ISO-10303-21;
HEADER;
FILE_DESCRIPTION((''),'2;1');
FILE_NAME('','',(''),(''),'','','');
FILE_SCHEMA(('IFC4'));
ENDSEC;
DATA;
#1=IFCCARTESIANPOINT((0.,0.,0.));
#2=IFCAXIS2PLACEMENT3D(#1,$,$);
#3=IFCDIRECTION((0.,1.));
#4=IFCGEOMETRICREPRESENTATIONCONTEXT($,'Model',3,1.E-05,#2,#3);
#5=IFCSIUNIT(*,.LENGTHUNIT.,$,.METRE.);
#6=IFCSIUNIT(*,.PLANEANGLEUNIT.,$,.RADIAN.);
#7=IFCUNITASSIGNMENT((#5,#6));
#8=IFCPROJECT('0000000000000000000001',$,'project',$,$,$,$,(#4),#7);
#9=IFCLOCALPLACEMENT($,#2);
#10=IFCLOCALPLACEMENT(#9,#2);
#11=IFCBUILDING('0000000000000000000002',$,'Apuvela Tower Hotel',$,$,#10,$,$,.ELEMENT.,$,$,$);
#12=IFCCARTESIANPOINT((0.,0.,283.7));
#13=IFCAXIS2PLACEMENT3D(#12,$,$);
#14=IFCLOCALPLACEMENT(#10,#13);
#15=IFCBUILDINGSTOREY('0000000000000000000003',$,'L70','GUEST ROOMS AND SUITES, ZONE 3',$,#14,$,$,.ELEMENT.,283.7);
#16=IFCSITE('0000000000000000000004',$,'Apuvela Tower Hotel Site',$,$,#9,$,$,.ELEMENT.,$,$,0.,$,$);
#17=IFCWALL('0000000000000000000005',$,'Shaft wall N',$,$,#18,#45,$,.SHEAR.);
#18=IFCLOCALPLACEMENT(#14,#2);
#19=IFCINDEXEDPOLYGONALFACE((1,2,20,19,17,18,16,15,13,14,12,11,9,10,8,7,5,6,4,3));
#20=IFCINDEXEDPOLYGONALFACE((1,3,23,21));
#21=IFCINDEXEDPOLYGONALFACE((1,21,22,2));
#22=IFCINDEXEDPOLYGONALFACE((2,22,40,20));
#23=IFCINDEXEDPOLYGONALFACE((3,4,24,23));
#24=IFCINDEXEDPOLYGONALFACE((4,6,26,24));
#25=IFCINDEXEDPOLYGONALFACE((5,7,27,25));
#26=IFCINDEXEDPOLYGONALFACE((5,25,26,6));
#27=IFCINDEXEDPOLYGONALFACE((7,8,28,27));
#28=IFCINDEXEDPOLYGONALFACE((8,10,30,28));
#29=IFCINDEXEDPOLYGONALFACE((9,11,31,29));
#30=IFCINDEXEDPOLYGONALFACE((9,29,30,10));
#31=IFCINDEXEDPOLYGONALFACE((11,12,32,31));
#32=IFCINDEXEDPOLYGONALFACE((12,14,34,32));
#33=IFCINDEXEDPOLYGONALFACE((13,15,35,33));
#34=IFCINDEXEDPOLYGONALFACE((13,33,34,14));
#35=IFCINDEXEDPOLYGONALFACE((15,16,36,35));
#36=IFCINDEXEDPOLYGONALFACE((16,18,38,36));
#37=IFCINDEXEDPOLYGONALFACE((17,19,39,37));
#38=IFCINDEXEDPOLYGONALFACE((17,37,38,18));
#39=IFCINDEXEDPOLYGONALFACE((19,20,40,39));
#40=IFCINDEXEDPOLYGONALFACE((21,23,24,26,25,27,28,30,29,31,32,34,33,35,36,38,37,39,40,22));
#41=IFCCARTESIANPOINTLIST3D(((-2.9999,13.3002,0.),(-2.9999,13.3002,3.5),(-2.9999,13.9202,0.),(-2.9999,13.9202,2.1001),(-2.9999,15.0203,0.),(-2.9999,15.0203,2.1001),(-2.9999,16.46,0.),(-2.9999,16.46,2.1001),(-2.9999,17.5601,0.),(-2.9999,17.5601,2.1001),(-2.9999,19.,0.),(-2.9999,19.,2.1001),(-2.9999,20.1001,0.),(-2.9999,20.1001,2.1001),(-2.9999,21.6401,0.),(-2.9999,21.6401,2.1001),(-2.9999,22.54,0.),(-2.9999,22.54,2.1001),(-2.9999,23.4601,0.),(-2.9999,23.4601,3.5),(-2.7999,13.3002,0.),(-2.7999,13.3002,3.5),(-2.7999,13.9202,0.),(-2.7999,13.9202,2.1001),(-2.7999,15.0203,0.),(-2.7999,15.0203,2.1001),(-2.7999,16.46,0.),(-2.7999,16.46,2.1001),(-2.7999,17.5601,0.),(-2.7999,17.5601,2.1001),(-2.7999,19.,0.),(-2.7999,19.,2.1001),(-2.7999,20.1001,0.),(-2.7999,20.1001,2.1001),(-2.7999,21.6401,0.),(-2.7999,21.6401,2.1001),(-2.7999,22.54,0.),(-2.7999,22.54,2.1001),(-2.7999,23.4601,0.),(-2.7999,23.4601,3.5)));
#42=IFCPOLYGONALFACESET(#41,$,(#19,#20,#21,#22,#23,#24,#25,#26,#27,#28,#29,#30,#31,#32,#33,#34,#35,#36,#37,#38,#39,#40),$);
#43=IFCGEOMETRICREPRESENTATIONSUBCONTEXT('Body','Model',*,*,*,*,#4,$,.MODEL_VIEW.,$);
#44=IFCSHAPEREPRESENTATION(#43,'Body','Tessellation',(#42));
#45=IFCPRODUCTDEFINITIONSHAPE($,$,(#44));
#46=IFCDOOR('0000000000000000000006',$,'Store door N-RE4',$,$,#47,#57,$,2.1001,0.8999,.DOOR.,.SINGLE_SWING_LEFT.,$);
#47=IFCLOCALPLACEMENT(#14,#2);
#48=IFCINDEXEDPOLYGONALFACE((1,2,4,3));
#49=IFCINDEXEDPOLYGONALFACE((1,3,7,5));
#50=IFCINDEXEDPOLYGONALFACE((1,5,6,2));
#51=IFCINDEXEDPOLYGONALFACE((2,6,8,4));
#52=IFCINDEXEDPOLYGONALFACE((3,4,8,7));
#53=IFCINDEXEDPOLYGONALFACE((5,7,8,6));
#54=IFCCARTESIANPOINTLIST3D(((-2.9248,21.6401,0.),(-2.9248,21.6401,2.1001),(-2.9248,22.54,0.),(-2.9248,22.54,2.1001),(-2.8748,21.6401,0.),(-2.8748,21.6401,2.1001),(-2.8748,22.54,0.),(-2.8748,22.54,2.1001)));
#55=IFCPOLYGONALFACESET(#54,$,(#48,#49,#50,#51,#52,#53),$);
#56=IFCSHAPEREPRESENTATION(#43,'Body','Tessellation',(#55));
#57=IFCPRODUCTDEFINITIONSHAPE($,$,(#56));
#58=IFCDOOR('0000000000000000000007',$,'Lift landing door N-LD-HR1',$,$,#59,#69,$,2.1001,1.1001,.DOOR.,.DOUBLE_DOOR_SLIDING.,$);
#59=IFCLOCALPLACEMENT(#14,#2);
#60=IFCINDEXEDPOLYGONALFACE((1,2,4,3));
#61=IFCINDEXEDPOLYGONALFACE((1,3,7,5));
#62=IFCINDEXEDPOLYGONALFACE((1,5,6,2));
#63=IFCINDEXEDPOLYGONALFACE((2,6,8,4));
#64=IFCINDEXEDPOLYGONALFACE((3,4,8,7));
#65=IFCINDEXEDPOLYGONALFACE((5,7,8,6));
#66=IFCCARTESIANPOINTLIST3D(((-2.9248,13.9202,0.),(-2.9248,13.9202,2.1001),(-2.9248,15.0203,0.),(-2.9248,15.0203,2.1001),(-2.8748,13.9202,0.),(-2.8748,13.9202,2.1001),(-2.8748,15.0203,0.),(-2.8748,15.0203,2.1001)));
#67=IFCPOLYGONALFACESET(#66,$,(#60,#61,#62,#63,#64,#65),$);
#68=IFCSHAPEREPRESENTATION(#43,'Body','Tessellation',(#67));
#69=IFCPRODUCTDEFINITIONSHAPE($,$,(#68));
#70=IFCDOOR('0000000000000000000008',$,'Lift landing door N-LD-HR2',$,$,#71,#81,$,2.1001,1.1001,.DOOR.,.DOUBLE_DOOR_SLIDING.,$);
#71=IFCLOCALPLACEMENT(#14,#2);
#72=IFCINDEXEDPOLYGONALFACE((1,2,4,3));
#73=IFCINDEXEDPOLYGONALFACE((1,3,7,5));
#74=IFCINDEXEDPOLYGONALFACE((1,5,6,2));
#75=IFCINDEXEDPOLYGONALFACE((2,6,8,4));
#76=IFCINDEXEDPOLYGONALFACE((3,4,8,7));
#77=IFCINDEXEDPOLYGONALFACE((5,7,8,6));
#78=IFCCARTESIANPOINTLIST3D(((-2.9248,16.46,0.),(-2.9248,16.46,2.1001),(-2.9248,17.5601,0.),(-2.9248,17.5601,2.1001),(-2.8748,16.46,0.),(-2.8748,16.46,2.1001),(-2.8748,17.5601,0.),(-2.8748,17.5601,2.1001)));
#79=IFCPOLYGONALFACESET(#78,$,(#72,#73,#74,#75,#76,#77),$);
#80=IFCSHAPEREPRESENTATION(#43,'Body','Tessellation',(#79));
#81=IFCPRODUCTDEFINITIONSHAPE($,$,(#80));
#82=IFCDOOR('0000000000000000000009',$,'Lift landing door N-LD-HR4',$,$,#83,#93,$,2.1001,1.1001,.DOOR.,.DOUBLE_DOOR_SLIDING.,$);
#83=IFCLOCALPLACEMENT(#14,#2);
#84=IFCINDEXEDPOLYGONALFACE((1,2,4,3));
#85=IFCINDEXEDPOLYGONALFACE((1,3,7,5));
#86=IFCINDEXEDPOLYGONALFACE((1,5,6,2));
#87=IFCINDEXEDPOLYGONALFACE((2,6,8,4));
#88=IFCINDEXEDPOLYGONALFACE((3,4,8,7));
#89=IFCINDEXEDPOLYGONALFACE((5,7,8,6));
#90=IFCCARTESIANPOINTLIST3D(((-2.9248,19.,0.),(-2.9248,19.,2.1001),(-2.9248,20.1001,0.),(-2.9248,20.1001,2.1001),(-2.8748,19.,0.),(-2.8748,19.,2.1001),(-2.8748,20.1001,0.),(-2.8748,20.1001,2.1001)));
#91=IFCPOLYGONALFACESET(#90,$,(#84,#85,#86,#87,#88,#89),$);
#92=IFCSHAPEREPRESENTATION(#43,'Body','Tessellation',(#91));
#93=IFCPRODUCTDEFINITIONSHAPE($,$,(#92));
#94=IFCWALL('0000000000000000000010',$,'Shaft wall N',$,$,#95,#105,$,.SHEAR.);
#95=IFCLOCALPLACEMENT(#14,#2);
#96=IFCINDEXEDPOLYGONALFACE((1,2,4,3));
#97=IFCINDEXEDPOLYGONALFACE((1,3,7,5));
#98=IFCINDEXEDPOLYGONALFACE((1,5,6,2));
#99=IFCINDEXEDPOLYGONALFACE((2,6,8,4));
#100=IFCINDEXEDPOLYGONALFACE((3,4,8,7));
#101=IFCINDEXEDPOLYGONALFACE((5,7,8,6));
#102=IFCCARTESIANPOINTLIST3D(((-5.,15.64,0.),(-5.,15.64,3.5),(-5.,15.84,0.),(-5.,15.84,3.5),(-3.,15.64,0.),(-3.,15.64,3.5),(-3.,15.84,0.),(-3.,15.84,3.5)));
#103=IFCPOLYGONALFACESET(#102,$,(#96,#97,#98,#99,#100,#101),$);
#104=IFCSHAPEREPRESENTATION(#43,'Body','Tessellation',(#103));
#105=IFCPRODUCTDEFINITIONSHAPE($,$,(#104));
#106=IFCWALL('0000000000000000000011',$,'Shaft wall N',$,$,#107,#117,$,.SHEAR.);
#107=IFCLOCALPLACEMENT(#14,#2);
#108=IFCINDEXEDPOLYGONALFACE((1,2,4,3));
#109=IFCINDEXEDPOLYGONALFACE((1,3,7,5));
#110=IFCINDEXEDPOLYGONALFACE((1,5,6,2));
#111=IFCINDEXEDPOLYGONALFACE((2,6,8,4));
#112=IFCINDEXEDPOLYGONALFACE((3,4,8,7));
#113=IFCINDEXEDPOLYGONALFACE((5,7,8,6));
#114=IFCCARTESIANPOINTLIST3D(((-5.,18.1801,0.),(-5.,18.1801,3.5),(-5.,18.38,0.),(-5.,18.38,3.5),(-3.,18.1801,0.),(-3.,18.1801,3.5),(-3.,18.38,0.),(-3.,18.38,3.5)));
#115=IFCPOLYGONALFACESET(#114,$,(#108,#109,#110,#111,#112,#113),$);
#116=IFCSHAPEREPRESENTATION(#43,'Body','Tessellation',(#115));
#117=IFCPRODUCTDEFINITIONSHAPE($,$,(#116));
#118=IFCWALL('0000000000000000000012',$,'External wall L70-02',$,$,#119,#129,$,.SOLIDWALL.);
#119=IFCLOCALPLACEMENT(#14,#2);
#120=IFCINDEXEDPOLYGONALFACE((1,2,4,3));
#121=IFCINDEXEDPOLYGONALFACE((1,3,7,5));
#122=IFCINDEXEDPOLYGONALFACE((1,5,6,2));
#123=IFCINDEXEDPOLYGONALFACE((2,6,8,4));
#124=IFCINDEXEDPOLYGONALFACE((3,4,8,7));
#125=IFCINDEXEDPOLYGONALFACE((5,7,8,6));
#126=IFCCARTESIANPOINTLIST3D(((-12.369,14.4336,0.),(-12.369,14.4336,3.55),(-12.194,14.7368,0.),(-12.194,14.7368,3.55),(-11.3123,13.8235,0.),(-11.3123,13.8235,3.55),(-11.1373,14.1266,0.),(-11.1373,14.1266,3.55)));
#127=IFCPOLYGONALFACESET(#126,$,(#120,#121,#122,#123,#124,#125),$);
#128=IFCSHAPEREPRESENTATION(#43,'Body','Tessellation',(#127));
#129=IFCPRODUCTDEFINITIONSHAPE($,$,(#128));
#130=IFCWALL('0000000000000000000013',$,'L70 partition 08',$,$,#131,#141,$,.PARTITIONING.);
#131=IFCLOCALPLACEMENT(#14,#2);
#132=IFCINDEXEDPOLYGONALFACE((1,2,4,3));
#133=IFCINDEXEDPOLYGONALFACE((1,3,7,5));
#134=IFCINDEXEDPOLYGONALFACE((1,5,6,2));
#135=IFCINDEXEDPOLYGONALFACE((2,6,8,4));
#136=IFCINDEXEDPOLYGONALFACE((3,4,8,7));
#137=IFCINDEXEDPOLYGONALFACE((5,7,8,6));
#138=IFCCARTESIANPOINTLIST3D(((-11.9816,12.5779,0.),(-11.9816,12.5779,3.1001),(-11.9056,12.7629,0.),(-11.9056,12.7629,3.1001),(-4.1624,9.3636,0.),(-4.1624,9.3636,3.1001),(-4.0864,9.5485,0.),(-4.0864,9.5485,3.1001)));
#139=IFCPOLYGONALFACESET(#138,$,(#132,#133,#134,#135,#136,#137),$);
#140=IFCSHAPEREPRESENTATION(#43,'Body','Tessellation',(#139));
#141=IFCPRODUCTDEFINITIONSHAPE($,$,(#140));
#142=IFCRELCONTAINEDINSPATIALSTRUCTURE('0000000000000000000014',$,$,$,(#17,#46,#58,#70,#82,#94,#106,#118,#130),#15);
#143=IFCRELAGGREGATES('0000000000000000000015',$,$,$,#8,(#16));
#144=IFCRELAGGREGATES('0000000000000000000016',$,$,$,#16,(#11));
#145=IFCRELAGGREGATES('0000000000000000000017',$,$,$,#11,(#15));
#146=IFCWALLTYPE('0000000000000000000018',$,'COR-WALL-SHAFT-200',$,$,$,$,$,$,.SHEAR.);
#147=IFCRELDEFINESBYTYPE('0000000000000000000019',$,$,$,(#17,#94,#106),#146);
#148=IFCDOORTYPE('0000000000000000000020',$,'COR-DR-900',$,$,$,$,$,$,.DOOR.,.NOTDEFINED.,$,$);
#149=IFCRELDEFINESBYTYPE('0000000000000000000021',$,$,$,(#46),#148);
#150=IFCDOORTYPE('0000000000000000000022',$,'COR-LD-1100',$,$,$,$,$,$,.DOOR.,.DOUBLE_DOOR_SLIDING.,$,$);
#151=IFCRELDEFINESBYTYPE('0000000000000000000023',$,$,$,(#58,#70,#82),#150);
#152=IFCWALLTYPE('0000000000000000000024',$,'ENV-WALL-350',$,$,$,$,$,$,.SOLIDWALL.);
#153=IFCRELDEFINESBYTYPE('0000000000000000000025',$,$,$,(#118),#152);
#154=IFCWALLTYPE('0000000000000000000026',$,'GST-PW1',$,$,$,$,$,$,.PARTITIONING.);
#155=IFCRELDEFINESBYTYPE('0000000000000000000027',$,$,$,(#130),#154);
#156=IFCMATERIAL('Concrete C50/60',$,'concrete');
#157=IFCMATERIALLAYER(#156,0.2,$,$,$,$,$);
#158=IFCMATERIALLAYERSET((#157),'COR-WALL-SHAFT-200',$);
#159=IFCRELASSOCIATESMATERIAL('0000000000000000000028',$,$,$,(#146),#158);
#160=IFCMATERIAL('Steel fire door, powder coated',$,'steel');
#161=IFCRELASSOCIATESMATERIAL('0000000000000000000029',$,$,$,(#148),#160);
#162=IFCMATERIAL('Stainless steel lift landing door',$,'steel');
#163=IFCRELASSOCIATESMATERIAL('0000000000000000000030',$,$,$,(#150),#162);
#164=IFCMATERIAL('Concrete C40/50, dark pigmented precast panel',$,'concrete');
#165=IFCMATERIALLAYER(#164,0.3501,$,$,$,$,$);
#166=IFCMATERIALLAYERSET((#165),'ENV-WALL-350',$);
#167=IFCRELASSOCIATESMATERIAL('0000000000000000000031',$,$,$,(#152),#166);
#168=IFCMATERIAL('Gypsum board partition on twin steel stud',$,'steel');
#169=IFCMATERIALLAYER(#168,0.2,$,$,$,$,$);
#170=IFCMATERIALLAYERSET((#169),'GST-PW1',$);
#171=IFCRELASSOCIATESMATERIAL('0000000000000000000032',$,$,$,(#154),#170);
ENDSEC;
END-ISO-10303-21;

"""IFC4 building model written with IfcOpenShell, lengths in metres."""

from ifc_helpers import new_model, si_unit, direction, frame, frame_2d, origin, place, context, subcontext, project, spatial, rectangle, extrude, material, layer, layer_set, type_object, element, fill, save


model = new_model("IFC4")

# Units and contexts
model_context = context("Model", 3, precision=1e-05, world=origin(), true_north=direction((0.0, 1.0)))
body_context = subcontext(model_context, "Body", "Model", "MODEL_VIEW")
ifc_project = project(units=[si_unit("LENGTHUNIT", "METRE"), si_unit("PLANEANGLEUNIT", "RADIAN")], contexts=[model_context])

# Site, building, storey
site_placement = place(None, origin())
site = spatial("IfcSite", under=ifc_project, at=site_placement, Name="Apuvela Tower Hotel Site", CompositionType="ELEMENT", RefElevation=0.0)
building_placement = place(site_placement, origin())
building = spatial("IfcBuilding", under=site, at=building_placement, Name="Apuvela Tower Hotel", CompositionType="ELEMENT")
storey_placement = place(building_placement, frame((0.0, 0.0, 283.7)))
storey = spatial("IfcBuildingStorey", under=building, at=storey_placement, Name="L70", Description="GUEST ROOMS AND SUITES, ZONE 3", CompositionType="ELEMENT", Elevation=283.7)

# Shared definitions
ifc_material_1 = material(Name="Concrete C50/60", Category="concrete")
ifc_layer_1 = layer(ifc_material_1, 0.2)
ifc_layer_set_1 = layer_set([ifc_layer_1], Name="COR-WALL-SHAFT-200")
wall_type_1 = type_object("IfcWallType", Name="COR-WALL-SHAFT-200", PredefinedType="SHEAR", material=ifc_layer_set_1)

# Wall, openings, doors
wall_1_placement = place(storey_placement, frame((-2.8999, 13.3, 0.0), z_axis=(0.0, 0.0, 1.0), x_axis=(0.0, 1.0, 0.0)))
wall_1 = element("IfcWall", 1, at=wall_1_placement, inside=storey, type_object=wall_type_1, Name="Shaft wall N", PredefinedType="SHEAR", context=body_context, shape_type="SweptSolid", body=[
    extrude(rectangle(XDim=10.1599, YDim=0.2, at=frame_2d((5.0801, 0.0))), origin(), (0.0, 0.0, 1.0), 3.5),
])
opening_1_placement = place(wall_1_placement, frame((0.6201, 0.0, 0.0)))
opening_1 = element("IfcOpeningElement", 2, at=opening_1_placement, cuts=wall_1, PredefinedType="OPENING", context=body_context, shape_type="SweptSolid", body=[
    extrude(rectangle(XDim=1.1001, YDim=2.1001, at=frame_2d((0.55, 1.05))), frame((0.0, 0.1099, 0.0), z_axis=(0.0, -1.0, 0.0), x_axis=(1.0, 0.0, 0.0)), (0.0, 0.0, 1.0), 0.22),
])
opening_2_placement = place(wall_1_placement, frame((3.1599, 0.0, 0.0)))
opening_2 = element("IfcOpeningElement", 3, at=opening_2_placement, cuts=wall_1, PredefinedType="OPENING", context=body_context, shape_type="SweptSolid", body=[
    extrude(rectangle(XDim=1.1001, YDim=2.1001, at=frame_2d((0.55, 1.05))), frame((0.0, 0.1099, 0.0), z_axis=(0.0, -1.0, 0.0), x_axis=(1.0, 0.0, 0.0)), (0.0, 0.0, 1.0), 0.22),
])
opening_3_placement = place(wall_1_placement, frame((5.7, 0.0, 0.0)))
opening_3 = element("IfcOpeningElement", 4, at=opening_3_placement, cuts=wall_1, PredefinedType="OPENING", context=body_context, shape_type="SweptSolid", body=[
    extrude(rectangle(XDim=1.1001, YDim=2.1001, at=frame_2d((0.55, 1.05))), frame((0.0, 0.1099, 0.0), z_axis=(0.0, -1.0, 0.0), x_axis=(1.0, 0.0, 0.0)), (0.0, 0.0, 1.0), 0.22),
])
opening_4_placement = place(wall_1_placement, frame((8.3401, 0.0, 0.0)))
opening_4 = element("IfcOpeningElement", 5, at=opening_4_placement, cuts=wall_1, PredefinedType="OPENING", context=body_context, shape_type="SweptSolid", body=[
    extrude(rectangle(XDim=0.8999, YDim=2.1001, at=frame_2d((0.45, 1.05))), frame((0.0, 0.1099, 0.0), z_axis=(0.0, -1.0, 0.0), x_axis=(1.0, 0.0, 0.0)), (0.0, 0.0, 1.0), 0.22),
])
ifc_material_2 = material(Name="Steel fire door, powder coated", Category="steel")
door_type_1 = type_object("IfcDoorType", Name="COR-DR-900", OperationType="NOTDEFINED", PredefinedType="DOOR", material=ifc_material_2)
door_1_placement = place(opening_4_placement, origin())
door_1 = element("IfcDoor", 6, at=door_1_placement, inside=storey, type_object=door_type_1, Name="Store door N-RE4", OperationType="SINGLE_SWING_LEFT", OverallHeight=2.1001, OverallWidth=0.8999, PredefinedType="DOOR", context=body_context, shape_type="SweptSolid", body=[
    extrude(rectangle(XDim=0.8999, YDim=2.1001, at=frame_2d((0.45, 1.05))), frame((0.0, 0.0249, 0.0), z_axis=(0.0, -1.0, 0.0), x_axis=(1.0, 0.0, 0.0)), (0.0, 0.0, 1.0), 0.05),
])
fill(opening_4, door_1)
ifc_material_3 = material(Name="Stainless steel lift landing door", Category="steel")
door_type_2 = type_object("IfcDoorType", Name="COR-LD-1100", OperationType="DOUBLE_DOOR_SLIDING", PredefinedType="DOOR", material=ifc_material_3)
door_2_placement = place(opening_1_placement, origin())
door_2 = element("IfcDoor", 7, at=door_2_placement, inside=storey, type_object=door_type_2, Name="Lift landing door N-LD-HR1", OperationType="DOUBLE_DOOR_SLIDING", OverallHeight=2.1001, OverallWidth=1.1001, PredefinedType="DOOR", context=body_context, shape_type="SweptSolid", body=[
    extrude(rectangle(XDim=1.1001, YDim=2.1001, at=frame_2d((0.55, 1.05))), frame((0.0, 0.0249, 0.0), z_axis=(0.0, -1.0, 0.0), x_axis=(1.0, 0.0, 0.0)), (0.0, 0.0, 1.0), 0.05),
])
fill(opening_1, door_2)
door_3_placement = place(opening_2_placement, origin())
door_3 = element("IfcDoor", 8, at=door_3_placement, inside=storey, type_object=door_type_2, Name="Lift landing door N-LD-HR2", OperationType="DOUBLE_DOOR_SLIDING", OverallHeight=2.1001, OverallWidth=1.1001, PredefinedType="DOOR", context=body_context, shape_type="SweptSolid", body=[
    extrude(rectangle(XDim=1.1001, YDim=2.1001, at=frame_2d((0.55, 1.05))), frame((0.0, 0.0249, 0.0), z_axis=(0.0, -1.0, 0.0), x_axis=(1.0, 0.0, 0.0)), (0.0, 0.0, 1.0), 0.05),
])
fill(opening_2, door_3)
door_4_placement = place(opening_3_placement, origin())
door_4 = element("IfcDoor", 9, at=door_4_placement, inside=storey, type_object=door_type_2, Name="Lift landing door N-LD-HR4", OperationType="DOUBLE_DOOR_SLIDING", OverallHeight=2.1001, OverallWidth=1.1001, PredefinedType="DOOR", context=body_context, shape_type="SweptSolid", body=[
    extrude(rectangle(XDim=1.1001, YDim=2.1001, at=frame_2d((0.55, 1.05))), frame((0.0, 0.0249, 0.0), z_axis=(0.0, -1.0, 0.0), x_axis=(1.0, 0.0, 0.0)), (0.0, 0.0, 1.0), 0.05),
])
fill(opening_3, door_4)

# Walls
for number, where, z_axis, x_axis, name in (
    (10, (-3.0, 15.74, 0.0), (0.0, 0.0, 1.0), (-1.0, 0.0, 0.0), "Shaft wall N"),
    (11, (-3.0, 18.28, 0.0), (0.0, 0.0, 1.0), (-1.0, 0.0, 0.0), "Shaft wall N"),
):
    element("IfcWall", number, at=place(storey_placement, frame(where, z_axis=z_axis, x_axis=x_axis)), inside=storey, type_object=wall_type_1, Name=name, PredefinedType="SHEAR", context=body_context, shape_type="SweptSolid", body=[
        extrude(rectangle(XDim=2.0, YDim=0.2, at=frame_2d((1.0, 0.0))), origin(), (0.0, 0.0, 1.0), 3.5),
    ])
ifc_material_4 = material(Name="Concrete C40/50, dark pigmented precast panel", Category="concrete")
ifc_layer_2 = layer(ifc_material_4, 0.3501)
ifc_layer_set_2 = layer_set([ifc_layer_2], Name="ENV-WALL-350")
wall_type_2 = type_object("IfcWallType", Name="ENV-WALL-350", PredefinedType="SOLIDWALL", material=ifc_layer_set_2)
wall_2_placement = place(storey_placement, frame((-12.2815, 14.5852, 0.0), z_axis=(0.0, 0.0, 1.0), x_axis=(0.866006, -0.500034, 0.0)))
element("IfcWall", 12, at=wall_2_placement, inside=storey, type_object=wall_type_2, Name="External wall L70-02", PredefinedType="SOLIDWALL", context=body_context, shape_type="SweptSolid", body=[
    extrude(rectangle(XDim=1.2202, YDim=0.3501, at=frame_2d((0.6101, 0.0))), origin(), (0.0, 0.0, 1.0), 3.55),
])

# Wall
ifc_material_5 = material(Name="Gypsum board partition on twin steel stud", Category="steel")
ifc_layer_3 = layer(ifc_material_5, 0.2)
ifc_layer_set_3 = layer_set([ifc_layer_3], Name="GST-PW1")
wall_type_3 = type_object("IfcWallType", Name="GST-PW1", PredefinedType="PARTITIONING", material=ifc_layer_set_3)
wall_3_placement = place(storey_placement, frame((-11.9436, 12.6704, 0.0), z_axis=(0.0, 0.0, 1.0), x_axis=(0.924897, -0.380217, 0.0)))
element("IfcWall", 13, at=wall_3_placement, inside=storey, type_object=wall_type_3, Name="L70 partition 08", PredefinedType="PARTITIONING", context=body_context, shape_type="SweptSolid", body=[
    extrude(rectangle(XDim=8.4541, YDim=0.2, at=frame_2d((4.2271, 0.0))), origin(), (0.0, 0.0, 1.0), 3.1001),
])

save(model, "model.ifc")
